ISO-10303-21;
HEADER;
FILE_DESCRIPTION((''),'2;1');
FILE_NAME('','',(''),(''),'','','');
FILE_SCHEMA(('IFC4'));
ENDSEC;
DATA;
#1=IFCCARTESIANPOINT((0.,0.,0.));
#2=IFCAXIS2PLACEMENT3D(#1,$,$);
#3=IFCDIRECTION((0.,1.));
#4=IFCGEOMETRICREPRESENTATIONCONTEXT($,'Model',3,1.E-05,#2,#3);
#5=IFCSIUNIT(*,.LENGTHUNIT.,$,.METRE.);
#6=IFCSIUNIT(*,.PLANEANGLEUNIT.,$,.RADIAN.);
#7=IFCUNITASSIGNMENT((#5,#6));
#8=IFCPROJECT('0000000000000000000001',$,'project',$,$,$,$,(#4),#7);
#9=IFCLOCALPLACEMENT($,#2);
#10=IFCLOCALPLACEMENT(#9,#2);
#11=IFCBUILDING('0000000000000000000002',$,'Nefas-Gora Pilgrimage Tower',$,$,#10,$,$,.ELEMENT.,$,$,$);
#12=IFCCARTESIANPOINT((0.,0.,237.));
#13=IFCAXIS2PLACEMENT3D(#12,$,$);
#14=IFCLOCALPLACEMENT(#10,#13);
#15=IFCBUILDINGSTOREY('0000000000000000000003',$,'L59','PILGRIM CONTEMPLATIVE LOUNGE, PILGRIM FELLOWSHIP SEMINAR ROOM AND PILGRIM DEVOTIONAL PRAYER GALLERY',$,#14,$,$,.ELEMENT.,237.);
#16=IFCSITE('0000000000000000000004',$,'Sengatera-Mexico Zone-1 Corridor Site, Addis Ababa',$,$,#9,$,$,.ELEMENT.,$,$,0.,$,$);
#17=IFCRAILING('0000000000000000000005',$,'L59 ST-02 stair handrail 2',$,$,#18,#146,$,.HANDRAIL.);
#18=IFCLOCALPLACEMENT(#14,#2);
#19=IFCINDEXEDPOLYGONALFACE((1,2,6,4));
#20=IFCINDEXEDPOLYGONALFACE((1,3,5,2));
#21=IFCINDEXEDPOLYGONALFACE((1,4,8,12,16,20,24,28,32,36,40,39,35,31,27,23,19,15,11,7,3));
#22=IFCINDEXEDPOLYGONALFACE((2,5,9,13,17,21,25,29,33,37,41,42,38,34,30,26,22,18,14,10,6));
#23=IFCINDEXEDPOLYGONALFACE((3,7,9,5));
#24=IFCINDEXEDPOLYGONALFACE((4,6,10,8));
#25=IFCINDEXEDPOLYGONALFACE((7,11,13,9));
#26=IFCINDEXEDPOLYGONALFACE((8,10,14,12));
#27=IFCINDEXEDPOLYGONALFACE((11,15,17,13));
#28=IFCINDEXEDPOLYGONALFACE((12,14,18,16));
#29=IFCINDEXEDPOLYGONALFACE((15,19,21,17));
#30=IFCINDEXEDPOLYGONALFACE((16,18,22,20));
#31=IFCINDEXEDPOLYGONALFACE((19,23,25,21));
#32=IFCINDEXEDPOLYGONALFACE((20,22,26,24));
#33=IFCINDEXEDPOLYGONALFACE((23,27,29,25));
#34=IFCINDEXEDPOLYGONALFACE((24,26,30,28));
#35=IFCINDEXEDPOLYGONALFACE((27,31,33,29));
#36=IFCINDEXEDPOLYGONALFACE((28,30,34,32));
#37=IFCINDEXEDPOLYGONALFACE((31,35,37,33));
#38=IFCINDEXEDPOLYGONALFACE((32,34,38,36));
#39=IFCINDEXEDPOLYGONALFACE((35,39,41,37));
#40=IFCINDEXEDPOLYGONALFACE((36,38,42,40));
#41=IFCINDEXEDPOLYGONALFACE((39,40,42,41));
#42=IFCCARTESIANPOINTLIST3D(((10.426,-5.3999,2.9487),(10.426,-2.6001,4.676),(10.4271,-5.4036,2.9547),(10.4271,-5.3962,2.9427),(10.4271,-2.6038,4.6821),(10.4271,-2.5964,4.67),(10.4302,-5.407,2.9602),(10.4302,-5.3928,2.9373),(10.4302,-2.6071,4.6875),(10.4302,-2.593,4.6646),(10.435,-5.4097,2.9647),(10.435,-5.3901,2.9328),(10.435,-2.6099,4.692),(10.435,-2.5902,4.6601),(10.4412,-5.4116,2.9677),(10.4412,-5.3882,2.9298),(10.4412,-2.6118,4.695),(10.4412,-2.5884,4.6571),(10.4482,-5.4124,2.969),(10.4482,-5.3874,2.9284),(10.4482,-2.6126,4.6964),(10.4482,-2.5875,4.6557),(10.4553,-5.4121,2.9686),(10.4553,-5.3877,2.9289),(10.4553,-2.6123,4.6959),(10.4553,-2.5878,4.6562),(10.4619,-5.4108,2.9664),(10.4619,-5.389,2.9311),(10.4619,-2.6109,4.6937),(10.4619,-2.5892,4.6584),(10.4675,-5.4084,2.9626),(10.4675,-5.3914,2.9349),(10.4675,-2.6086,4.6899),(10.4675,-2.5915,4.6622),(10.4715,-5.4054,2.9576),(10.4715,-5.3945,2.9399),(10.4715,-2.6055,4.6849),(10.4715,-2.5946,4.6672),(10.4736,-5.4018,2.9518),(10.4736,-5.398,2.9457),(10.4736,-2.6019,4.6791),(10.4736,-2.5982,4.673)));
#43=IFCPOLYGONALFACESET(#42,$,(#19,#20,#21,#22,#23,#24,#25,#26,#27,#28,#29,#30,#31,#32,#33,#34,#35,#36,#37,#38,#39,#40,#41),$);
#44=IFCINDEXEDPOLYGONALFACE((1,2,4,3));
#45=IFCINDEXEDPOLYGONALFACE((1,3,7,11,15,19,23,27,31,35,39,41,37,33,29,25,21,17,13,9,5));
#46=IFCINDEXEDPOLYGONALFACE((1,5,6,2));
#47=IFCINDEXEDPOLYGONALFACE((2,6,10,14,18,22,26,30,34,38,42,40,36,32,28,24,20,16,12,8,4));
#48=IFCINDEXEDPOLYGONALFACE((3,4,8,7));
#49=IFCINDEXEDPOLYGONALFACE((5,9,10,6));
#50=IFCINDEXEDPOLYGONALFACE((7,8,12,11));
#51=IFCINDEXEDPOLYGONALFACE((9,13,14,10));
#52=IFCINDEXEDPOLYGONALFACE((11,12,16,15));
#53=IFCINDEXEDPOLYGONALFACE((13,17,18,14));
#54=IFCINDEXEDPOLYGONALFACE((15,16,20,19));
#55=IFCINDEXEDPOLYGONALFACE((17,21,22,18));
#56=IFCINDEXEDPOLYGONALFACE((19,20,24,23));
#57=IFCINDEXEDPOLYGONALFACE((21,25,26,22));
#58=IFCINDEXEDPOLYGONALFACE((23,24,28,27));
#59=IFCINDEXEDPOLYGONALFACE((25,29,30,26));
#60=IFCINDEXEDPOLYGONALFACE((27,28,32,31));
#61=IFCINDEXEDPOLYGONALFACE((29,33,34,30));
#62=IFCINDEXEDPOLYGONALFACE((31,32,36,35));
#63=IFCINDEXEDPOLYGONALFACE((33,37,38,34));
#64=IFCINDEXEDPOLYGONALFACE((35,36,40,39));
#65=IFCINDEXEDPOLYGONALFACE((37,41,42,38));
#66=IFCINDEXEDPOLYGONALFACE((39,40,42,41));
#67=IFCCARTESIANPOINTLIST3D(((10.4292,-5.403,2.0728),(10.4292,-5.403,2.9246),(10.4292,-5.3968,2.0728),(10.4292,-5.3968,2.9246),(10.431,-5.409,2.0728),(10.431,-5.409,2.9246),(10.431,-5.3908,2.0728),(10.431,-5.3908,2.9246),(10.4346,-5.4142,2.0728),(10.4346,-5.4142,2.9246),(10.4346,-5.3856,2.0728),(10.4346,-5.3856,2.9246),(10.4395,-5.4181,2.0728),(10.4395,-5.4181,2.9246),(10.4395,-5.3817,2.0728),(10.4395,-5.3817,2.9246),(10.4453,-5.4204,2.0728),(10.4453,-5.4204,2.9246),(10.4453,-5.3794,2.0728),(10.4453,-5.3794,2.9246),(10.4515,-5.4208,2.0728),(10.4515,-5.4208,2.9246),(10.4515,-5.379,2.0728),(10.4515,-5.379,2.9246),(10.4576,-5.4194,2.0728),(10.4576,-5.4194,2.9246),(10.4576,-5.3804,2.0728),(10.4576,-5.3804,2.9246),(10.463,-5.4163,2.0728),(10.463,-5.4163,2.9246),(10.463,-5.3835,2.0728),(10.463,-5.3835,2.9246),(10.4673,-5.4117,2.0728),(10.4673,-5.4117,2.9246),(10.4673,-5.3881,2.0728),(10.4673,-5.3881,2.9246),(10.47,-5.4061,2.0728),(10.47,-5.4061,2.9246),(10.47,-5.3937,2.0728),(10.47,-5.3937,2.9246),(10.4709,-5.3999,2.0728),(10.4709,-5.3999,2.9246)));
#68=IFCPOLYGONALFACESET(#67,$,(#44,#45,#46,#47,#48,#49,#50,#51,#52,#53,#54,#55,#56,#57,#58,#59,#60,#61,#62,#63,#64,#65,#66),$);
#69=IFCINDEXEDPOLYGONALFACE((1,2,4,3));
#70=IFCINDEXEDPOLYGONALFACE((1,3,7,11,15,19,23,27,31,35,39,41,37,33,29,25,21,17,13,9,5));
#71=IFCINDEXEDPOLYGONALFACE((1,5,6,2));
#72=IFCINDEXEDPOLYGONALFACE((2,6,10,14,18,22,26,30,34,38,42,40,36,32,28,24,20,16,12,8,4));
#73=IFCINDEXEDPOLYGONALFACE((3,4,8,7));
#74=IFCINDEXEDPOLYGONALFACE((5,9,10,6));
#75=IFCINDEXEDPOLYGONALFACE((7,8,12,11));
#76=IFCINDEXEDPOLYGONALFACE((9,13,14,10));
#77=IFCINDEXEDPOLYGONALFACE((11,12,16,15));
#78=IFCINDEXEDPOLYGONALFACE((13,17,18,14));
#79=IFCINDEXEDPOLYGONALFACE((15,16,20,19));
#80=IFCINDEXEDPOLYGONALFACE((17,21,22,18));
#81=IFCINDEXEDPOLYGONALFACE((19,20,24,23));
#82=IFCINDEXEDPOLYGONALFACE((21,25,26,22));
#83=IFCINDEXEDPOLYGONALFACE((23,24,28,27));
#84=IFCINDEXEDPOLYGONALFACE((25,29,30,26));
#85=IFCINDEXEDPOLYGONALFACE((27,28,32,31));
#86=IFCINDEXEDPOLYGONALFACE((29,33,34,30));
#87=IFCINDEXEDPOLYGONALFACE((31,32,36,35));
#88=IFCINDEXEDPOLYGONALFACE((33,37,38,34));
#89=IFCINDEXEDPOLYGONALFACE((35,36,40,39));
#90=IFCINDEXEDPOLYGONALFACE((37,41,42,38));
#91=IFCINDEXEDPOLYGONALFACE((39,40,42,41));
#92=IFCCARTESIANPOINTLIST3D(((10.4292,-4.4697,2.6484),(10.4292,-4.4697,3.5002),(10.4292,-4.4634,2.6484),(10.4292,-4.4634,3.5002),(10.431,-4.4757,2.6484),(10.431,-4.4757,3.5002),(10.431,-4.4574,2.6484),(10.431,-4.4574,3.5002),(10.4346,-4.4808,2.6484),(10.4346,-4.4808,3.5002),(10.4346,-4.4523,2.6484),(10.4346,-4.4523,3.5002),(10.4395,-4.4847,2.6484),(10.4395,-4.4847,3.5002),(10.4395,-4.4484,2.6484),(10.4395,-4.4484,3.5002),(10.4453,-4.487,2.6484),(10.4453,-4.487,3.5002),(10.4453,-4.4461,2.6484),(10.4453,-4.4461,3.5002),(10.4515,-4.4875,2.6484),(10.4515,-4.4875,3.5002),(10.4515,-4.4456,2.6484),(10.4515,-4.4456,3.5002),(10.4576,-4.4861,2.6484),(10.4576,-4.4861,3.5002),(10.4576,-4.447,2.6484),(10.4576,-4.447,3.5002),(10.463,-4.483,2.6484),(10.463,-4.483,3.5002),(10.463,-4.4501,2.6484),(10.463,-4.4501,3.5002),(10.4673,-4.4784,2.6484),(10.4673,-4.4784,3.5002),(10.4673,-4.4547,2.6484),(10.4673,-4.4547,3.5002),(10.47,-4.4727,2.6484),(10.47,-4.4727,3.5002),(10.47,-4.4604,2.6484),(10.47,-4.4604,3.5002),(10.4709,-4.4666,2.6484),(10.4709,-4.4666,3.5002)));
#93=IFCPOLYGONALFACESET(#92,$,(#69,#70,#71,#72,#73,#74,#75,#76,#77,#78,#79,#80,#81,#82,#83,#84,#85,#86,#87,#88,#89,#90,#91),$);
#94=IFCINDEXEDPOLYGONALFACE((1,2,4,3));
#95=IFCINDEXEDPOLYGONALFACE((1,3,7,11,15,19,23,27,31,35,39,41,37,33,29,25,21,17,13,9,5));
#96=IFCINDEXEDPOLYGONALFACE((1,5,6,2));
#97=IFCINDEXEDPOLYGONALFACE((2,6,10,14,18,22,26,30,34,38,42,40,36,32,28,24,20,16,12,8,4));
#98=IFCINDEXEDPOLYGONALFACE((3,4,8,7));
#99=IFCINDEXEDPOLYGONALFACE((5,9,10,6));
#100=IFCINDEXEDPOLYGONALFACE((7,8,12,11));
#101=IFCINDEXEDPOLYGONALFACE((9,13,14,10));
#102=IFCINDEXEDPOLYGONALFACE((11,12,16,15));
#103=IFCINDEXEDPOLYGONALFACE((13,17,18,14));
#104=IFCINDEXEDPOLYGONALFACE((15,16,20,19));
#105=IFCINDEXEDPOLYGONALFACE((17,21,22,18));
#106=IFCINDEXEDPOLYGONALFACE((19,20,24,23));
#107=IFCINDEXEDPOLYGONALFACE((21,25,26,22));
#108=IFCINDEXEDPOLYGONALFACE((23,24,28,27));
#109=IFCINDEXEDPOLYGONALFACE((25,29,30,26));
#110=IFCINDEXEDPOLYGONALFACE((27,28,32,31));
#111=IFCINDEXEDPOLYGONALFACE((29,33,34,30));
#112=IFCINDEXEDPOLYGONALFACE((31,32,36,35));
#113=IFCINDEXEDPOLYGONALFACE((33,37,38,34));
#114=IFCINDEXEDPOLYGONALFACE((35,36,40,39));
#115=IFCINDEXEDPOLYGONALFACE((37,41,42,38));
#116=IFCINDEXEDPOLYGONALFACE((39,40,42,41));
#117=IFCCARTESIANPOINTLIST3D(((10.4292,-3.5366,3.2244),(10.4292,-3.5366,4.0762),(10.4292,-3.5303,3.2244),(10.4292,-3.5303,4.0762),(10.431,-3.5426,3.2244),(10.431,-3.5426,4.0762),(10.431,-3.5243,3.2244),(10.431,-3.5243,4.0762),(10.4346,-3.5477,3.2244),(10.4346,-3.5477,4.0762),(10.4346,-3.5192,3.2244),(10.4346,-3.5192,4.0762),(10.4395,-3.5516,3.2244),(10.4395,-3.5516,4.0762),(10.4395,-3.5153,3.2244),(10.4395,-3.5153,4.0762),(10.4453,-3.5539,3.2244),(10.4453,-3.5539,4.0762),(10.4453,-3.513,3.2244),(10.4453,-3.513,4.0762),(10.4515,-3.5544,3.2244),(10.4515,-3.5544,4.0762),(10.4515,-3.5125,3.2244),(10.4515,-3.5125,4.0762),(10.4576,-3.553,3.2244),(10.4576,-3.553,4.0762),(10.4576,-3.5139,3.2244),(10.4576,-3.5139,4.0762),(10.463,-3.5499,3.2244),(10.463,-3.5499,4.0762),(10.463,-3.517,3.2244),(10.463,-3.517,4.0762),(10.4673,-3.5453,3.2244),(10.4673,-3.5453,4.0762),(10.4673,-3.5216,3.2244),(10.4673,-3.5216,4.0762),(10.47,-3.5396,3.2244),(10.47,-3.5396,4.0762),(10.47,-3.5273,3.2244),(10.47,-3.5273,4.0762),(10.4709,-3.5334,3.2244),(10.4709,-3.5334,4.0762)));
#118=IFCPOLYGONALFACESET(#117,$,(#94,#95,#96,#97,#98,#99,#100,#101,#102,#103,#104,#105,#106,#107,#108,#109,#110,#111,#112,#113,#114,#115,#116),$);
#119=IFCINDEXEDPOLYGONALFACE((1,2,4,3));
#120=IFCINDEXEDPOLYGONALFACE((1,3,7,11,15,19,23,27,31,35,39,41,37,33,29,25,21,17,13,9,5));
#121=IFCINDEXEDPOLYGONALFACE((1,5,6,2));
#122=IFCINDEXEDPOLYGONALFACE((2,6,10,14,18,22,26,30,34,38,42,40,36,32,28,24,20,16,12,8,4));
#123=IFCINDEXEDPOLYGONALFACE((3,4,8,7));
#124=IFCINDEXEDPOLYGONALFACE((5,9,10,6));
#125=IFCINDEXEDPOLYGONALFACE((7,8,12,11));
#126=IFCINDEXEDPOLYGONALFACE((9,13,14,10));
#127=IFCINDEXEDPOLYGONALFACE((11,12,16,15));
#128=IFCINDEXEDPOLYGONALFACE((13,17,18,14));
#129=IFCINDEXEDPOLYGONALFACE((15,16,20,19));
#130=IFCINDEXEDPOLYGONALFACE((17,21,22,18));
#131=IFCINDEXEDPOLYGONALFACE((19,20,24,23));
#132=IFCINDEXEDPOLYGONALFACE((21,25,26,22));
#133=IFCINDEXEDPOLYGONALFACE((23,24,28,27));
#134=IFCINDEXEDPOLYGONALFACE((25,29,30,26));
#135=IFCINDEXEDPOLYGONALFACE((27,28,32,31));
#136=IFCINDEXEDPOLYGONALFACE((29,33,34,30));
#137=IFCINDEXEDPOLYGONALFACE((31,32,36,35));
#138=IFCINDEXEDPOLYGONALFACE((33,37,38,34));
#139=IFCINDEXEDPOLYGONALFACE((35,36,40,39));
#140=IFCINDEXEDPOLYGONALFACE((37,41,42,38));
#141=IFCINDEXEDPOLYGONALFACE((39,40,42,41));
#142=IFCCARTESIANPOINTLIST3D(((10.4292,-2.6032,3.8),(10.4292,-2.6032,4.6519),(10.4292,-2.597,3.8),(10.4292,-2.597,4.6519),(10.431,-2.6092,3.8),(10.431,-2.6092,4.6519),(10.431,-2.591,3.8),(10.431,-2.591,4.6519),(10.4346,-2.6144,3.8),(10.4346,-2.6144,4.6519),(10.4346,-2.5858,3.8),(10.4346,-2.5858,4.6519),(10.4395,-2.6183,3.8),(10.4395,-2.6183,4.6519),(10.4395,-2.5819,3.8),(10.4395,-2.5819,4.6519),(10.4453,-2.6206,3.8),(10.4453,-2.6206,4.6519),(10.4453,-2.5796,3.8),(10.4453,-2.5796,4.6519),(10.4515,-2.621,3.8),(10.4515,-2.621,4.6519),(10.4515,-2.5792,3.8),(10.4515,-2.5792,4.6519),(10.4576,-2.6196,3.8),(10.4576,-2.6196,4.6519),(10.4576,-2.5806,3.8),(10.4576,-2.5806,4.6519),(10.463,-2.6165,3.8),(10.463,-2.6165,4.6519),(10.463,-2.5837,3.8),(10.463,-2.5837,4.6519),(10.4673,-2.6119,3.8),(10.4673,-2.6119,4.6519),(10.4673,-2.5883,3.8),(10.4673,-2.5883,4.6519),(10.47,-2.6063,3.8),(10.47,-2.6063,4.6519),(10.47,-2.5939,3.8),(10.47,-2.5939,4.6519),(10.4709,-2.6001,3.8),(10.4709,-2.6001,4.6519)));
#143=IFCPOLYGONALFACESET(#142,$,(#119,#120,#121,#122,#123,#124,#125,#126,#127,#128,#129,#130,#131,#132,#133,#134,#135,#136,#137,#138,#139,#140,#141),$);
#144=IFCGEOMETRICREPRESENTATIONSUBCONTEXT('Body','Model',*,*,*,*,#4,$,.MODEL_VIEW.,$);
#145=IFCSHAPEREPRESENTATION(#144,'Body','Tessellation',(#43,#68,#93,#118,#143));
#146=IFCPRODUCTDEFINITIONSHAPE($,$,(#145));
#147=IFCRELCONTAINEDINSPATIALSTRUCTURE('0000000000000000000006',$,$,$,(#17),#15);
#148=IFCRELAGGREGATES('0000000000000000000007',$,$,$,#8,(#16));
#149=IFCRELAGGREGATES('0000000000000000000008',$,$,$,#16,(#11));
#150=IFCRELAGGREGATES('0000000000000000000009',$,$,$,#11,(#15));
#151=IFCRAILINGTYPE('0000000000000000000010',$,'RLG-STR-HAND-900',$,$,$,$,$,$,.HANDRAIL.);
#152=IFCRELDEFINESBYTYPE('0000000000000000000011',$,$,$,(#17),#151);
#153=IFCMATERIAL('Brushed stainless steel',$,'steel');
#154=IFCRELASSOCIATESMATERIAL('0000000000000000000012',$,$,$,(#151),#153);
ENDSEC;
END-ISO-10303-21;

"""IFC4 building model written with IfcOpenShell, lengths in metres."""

from ifc_helpers import new_model, si_unit, direction, frame, origin, origin_2d, place, context, subcontext, project, spatial, circle, extrude, material, type_object, element, save


model = new_model("IFC4")

# Units and contexts
model_context = context("Model", 3, precision=1e-05, world=origin(), true_north=direction((0.0, 1.0)))
body_context = subcontext(model_context, "Body", "Model", "MODEL_VIEW")
ifc_project = project(units=[si_unit("LENGTHUNIT", "METRE"), si_unit("PLANEANGLEUNIT", "RADIAN")], contexts=[model_context])

# Site, building, storey
site_placement = place(None, origin())
site = spatial("IfcSite", under=ifc_project, at=site_placement, Name="Sengatera-Mexico Zone-1 Corridor Site, Addis Ababa", CompositionType="ELEMENT", RefElevation=0.0)
building_placement = place(site_placement, origin())
building = spatial("IfcBuilding", under=site, at=building_placement, Name="Nefas-Gora Pilgrimage Tower", CompositionType="ELEMENT")
storey_placement = place(building_placement, frame((0.0, 0.0, 237.0)))
storey = spatial("IfcBuildingStorey", under=building, at=storey_placement, Name="L59", Description="PILGRIM CONTEMPLATIVE LOUNGE, PILGRIM FELLOWSHIP SEMINAR ROOM AND PILGRIM DEVOTIONAL PRAYER GALLERY", CompositionType="ELEMENT", Elevation=237.0)

# Railing
ifc_material_1 = material(Name="Brushed stainless steel", Category="steel")
railing_type_1 = type_object("IfcRailingType", Name="RLG-STR-HAND-900", PredefinedType="HANDRAIL", material=ifc_material_1)
railing_1_placement = place(storey_placement, frame((10.45, -5.3999, 2.0728)))
element("IfcRailing", 1, at=railing_1_placement, inside=storey, type_object=railing_type_1, Name="L59 ST-02 stair handrail 2", PredefinedType="HANDRAIL", context=body_context, shape_type="SweptSolid", body=[
    extrude(circle(Radius=0.0239, at=origin_2d()), frame((0.0, 0.0, 0.876), z_axis=(0.0, 0.851069, 0.525054), x_axis=(-1.0, 0.0, 0.0)), (0.0, 0.0, 1.0), 3.2898),
    extrude(circle(Radius=0.021, at=origin_2d()), origin(), (0.0, 0.0, 1.0), 0.8518),
    extrude(circle(Radius=0.021, at=origin_2d()), frame((0.0, 0.9333, 0.5757)), (0.0, 0.0, 1.0), 0.8518),
    extrude(circle(Radius=0.021, at=origin_2d()), frame((0.0, 1.8665, 1.1516)), (0.0, 0.0, 1.0), 0.8518),
    extrude(circle(Radius=0.021, at=origin_2d()), frame((0.0, 2.7998, 1.7273)), (0.0, 0.0, 1.0), 0.8518),
])

save(model, "model.ifc")
